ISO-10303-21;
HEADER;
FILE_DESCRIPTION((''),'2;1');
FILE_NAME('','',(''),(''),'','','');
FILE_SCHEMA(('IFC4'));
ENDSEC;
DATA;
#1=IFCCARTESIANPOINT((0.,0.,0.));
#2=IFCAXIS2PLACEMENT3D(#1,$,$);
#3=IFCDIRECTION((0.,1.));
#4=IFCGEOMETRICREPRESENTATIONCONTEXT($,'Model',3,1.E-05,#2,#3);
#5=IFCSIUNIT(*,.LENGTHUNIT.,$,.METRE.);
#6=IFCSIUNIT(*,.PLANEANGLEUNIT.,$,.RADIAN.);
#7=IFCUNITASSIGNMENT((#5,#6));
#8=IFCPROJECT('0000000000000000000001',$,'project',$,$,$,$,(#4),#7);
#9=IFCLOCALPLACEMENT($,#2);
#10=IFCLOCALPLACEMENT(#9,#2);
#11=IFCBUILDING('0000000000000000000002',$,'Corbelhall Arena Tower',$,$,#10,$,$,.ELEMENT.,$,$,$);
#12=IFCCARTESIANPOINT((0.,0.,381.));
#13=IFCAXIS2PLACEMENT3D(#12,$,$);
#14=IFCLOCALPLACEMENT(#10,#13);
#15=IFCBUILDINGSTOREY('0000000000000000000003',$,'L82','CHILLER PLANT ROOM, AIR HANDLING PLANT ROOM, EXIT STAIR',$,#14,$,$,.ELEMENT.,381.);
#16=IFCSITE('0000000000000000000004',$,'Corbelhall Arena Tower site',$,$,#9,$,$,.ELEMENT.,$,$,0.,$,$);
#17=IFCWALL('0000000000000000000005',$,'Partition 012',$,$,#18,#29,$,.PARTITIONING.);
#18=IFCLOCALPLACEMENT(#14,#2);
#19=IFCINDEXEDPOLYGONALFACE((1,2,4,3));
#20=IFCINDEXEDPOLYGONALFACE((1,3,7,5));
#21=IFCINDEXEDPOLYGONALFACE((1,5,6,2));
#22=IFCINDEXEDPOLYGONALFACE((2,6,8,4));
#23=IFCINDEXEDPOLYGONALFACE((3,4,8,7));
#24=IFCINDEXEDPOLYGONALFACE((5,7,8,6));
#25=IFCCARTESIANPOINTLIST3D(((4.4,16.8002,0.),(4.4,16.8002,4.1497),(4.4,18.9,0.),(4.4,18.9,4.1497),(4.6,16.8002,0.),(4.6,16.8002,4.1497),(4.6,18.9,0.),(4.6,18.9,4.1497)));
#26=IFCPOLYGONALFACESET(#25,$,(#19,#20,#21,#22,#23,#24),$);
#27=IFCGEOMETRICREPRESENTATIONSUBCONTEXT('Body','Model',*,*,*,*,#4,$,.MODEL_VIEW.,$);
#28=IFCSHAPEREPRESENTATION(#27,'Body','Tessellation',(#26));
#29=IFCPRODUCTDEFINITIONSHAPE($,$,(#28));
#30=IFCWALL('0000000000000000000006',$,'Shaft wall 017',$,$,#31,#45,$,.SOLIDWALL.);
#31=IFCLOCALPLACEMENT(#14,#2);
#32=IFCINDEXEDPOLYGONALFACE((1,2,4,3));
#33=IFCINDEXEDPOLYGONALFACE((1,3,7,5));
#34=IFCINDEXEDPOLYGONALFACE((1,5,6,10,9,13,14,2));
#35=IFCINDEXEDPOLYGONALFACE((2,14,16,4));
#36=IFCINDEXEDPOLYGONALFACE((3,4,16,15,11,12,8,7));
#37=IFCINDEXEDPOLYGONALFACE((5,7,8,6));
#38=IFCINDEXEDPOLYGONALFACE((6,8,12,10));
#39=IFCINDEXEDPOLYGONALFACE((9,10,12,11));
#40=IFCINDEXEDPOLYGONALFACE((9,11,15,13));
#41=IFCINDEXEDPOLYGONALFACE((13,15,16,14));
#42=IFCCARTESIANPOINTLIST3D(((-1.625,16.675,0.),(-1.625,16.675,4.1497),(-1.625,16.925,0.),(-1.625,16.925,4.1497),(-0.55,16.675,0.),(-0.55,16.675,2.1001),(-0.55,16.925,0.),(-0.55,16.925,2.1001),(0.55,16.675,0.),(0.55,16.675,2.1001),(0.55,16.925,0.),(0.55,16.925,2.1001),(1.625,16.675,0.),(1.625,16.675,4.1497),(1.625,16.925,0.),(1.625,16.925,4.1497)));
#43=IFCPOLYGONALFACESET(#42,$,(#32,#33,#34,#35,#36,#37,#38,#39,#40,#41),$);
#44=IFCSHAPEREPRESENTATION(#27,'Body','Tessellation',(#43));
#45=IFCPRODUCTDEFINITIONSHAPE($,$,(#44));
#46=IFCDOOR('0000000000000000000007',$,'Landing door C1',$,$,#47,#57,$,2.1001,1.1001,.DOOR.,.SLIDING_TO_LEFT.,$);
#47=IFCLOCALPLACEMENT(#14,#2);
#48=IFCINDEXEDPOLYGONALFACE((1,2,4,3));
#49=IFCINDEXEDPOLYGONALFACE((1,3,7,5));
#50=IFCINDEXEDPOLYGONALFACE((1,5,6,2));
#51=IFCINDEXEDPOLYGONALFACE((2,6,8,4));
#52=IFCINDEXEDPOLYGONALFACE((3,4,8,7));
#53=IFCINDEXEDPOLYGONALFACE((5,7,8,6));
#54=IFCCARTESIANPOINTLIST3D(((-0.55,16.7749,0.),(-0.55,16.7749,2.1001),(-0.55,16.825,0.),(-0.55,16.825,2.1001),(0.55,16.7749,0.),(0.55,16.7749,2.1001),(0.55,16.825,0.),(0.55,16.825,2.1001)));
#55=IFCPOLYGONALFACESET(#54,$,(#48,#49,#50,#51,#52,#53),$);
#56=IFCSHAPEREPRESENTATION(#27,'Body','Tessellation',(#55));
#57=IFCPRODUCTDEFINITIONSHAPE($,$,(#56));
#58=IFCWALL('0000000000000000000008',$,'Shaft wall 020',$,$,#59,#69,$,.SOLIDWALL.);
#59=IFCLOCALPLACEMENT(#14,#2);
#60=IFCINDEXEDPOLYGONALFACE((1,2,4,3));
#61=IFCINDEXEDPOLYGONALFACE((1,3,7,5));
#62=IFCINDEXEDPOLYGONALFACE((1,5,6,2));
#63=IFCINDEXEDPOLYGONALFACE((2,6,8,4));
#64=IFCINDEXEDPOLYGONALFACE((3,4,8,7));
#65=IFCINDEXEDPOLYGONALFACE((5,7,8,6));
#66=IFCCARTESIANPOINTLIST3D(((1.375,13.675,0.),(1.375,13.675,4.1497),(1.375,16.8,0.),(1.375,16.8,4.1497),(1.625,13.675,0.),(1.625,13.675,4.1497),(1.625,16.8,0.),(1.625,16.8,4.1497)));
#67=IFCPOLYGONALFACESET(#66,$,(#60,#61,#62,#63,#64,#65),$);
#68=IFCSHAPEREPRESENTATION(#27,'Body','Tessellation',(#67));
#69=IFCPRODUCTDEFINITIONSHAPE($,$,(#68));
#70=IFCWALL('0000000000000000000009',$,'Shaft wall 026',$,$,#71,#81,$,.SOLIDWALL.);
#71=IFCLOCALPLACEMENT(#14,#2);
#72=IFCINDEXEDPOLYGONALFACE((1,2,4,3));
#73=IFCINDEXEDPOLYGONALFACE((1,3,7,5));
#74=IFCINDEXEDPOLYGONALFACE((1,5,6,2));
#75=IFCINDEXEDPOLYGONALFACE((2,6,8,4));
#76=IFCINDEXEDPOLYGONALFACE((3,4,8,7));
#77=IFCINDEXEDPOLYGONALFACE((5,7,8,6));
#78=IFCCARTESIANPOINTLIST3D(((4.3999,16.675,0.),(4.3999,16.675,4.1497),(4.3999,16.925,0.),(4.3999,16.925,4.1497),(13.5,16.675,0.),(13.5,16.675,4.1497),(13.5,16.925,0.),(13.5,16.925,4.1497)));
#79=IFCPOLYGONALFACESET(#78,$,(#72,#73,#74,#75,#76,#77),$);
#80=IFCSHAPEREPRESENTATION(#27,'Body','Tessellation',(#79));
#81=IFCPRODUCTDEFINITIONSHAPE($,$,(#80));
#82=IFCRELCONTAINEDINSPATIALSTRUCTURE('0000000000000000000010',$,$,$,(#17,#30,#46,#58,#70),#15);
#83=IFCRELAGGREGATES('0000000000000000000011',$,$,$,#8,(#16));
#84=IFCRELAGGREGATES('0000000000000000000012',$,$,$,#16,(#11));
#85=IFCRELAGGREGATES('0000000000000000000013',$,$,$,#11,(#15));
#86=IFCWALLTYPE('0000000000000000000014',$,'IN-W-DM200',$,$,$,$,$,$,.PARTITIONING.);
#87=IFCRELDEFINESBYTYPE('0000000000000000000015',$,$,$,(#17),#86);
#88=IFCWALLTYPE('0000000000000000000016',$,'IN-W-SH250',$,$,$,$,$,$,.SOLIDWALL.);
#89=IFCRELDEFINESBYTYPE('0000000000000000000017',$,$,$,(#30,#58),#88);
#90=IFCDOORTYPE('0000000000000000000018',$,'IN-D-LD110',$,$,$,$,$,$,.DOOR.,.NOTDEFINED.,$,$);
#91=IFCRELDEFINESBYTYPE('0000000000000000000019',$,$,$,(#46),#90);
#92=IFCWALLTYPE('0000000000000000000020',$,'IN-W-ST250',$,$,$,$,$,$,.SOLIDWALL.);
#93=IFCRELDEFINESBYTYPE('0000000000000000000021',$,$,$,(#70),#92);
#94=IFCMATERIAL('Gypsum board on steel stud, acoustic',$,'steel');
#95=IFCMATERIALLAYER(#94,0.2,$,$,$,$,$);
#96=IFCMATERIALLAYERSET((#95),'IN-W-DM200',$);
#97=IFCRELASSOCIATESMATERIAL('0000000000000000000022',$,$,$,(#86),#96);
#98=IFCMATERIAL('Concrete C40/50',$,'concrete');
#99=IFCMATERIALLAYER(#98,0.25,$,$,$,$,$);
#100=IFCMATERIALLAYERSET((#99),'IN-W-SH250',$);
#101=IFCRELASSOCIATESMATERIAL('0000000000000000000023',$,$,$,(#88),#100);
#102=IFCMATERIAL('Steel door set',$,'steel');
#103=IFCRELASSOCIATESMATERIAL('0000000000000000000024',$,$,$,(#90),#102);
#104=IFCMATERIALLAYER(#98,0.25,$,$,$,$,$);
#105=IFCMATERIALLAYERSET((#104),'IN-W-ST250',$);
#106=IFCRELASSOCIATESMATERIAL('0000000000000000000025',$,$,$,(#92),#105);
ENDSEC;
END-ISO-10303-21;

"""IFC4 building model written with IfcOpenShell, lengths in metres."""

from ifc_helpers import new_model, si_unit, direction, frame, frame_2d, origin, place, context, subcontext, project, spatial, rectangle, extrude, material, layer, layer_set, type_object, element, fill, save


model = new_model("IFC4")

# Units and contexts
model_context = context("Model", 3, precision=1e-05, world=origin(), true_north=direction((0.0, 1.0)))
body_context = subcontext(model_context, "Body", "Model", "MODEL_VIEW")
ifc_project = project(units=[si_unit("LENGTHUNIT", "METRE"), si_unit("PLANEANGLEUNIT", "RADIAN")], contexts=[model_context])

# Site, building, storey
site_placement = place(None, origin())
site = spatial("IfcSite", under=ifc_project, at=site_placement, Name="Corbelhall Arena Tower site", CompositionType="ELEMENT", RefElevation=0.0)
building_placement = place(site_placement, origin())
building = spatial("IfcBuilding", under=site, at=building_placement, Name="Corbelhall Arena Tower", CompositionType="ELEMENT")
storey_placement = place(building_placement, frame((0.0, 0.0, 381.0)))
storey = spatial("IfcBuildingStorey", under=building, at=storey_placement, Name="L82", Description="CHILLER PLANT ROOM, AIR HANDLING PLANT ROOM, EXIT STAIR", CompositionType="ELEMENT", Elevation=381.0)

# Wall
ifc_material_1 = material(Name="Gypsum board on steel stud, acoustic", Category="steel")
ifc_layer_1 = layer(ifc_material_1, 0.2)
ifc_layer_set_1 = layer_set([ifc_layer_1], Name="IN-W-DM200")
wall_type_1 = type_object("IfcWallType", Name="IN-W-DM200", PredefinedType="PARTITIONING", material=ifc_layer_set_1)
wall_1_placement = place(storey_placement, frame((4.5, 18.8999, 0.0), z_axis=(0.0, 0.0, 1.0), x_axis=(0.0, -1.0, 0.0)))
element("IfcWall", 1, at=wall_1_placement, inside=storey, type_object=wall_type_1, Name="Partition 012", PredefinedType="PARTITIONING", context=body_context, shape_type="SweptSolid", body=[
    extrude(rectangle(XDim=2.0999, YDim=0.2, at=frame_2d((1.0498, 0.0))), origin(), (0.0, 0.0, 1.0), 4.1497),
])

# Wall, opening, door
ifc_material_2 = material(Name="Concrete C40/50", Category="concrete")
ifc_layer_2 = layer(ifc_material_2, 0.25)
ifc_layer_set_2 = layer_set([ifc_layer_2], Name="IN-W-SH250")
wall_type_2 = type_object("IfcWallType", Name="IN-W-SH250", PredefinedType="SOLIDWALL", material=ifc_layer_set_2)
wall_2_placement = place(storey_placement, frame((-1.625, 16.8, 0.0), z_axis=(0.0, 0.0, 1.0), x_axis=(1.0, 0.0, 0.0)))
wall_2 = element("IfcWall", 2, at=wall_2_placement, inside=storey, type_object=wall_type_2, Name="Shaft wall 017", PredefinedType="SOLIDWALL", context=body_context, shape_type="SweptSolid", body=[
    extrude(rectangle(XDim=3.25, YDim=0.25, at=frame_2d((1.625, 0.0))), origin(), (0.0, 0.0, 1.0), 4.1497),
])
opening_placement = place(wall_2_placement, frame((1.075, 0.0, 0.0)))
opening = element("IfcOpeningElement", 3, at=opening_placement, cuts=wall_2, PredefinedType="OPENING", context=body_context, shape_type="SweptSolid", body=[
    extrude(rectangle(XDim=1.1001, YDim=2.1001, at=frame_2d((0.55, 1.05))), frame((0.0, 0.125, 0.0), z_axis=(0.0, -1.0, 0.0), x_axis=(1.0, 0.0, 0.0)), (0.0, 0.0, 1.0), 0.25),
])
ifc_material_3 = material(Name="Steel door set", Category="steel")
door_type = type_object("IfcDoorType", Name="IN-D-LD110", OperationType="NOTDEFINED", PredefinedType="DOOR", material=ifc_material_3)
door_placement = place(opening_placement, origin())
door = element("IfcDoor", 4, at=door_placement, inside=storey, type_object=door_type, Name="Landing door C1", OperationType="SLIDING_TO_LEFT", OverallHeight=2.1001, OverallWidth=1.1001, PredefinedType="DOOR", context=body_context, shape_type="SweptSolid", body=[
    extrude(rectangle(XDim=1.1001, YDim=2.1001, at=frame_2d((0.55, 1.05))), frame((0.0, 0.0249, 0.0), z_axis=(0.0, -1.0, 0.0), x_axis=(1.0, 0.0, 0.0)), (0.0, 0.0, 1.0), 0.05),
])
fill(opening, door)

# Walls
wall_3_placement = place(storey_placement, frame((1.5, 16.8, 0.0), z_axis=(0.0, 0.0, 1.0), x_axis=(0.0, -1.0, 0.0)))
element("IfcWall", 5, at=wall_3_placement, inside=storey, type_object=wall_type_2, Name="Shaft wall 020", PredefinedType="SOLIDWALL", context=body_context, shape_type="SweptSolid", body=[
    extrude(rectangle(XDim=3.125, YDim=0.25, at=frame_2d((1.5625, 0.0))), origin(), (0.0, 0.0, 1.0), 4.1497),
])
ifc_layer_3 = layer(ifc_material_2, 0.25)
ifc_layer_set_3 = layer_set([ifc_layer_3], Name="IN-W-ST250")
wall_type_3 = type_object("IfcWallType", Name="IN-W-ST250", PredefinedType="SOLIDWALL", material=ifc_layer_set_3)
wall_4_placement = place(storey_placement, frame((4.3999, 16.8, 0.0), z_axis=(0.0, 0.0, 1.0), x_axis=(1.0, 0.0, 0.0)))
element("IfcWall", 6, at=wall_4_placement, inside=storey, type_object=wall_type_3, Name="Shaft wall 026", PredefinedType="SOLIDWALL", context=body_context, shape_type="SweptSolid", body=[
    extrude(rectangle(XDim=9.1001, YDim=0.25, at=frame_2d((4.55, 0.0))), origin(), (0.0, 0.0, 1.0), 4.1497),
])

save(model, "model.ifc")
